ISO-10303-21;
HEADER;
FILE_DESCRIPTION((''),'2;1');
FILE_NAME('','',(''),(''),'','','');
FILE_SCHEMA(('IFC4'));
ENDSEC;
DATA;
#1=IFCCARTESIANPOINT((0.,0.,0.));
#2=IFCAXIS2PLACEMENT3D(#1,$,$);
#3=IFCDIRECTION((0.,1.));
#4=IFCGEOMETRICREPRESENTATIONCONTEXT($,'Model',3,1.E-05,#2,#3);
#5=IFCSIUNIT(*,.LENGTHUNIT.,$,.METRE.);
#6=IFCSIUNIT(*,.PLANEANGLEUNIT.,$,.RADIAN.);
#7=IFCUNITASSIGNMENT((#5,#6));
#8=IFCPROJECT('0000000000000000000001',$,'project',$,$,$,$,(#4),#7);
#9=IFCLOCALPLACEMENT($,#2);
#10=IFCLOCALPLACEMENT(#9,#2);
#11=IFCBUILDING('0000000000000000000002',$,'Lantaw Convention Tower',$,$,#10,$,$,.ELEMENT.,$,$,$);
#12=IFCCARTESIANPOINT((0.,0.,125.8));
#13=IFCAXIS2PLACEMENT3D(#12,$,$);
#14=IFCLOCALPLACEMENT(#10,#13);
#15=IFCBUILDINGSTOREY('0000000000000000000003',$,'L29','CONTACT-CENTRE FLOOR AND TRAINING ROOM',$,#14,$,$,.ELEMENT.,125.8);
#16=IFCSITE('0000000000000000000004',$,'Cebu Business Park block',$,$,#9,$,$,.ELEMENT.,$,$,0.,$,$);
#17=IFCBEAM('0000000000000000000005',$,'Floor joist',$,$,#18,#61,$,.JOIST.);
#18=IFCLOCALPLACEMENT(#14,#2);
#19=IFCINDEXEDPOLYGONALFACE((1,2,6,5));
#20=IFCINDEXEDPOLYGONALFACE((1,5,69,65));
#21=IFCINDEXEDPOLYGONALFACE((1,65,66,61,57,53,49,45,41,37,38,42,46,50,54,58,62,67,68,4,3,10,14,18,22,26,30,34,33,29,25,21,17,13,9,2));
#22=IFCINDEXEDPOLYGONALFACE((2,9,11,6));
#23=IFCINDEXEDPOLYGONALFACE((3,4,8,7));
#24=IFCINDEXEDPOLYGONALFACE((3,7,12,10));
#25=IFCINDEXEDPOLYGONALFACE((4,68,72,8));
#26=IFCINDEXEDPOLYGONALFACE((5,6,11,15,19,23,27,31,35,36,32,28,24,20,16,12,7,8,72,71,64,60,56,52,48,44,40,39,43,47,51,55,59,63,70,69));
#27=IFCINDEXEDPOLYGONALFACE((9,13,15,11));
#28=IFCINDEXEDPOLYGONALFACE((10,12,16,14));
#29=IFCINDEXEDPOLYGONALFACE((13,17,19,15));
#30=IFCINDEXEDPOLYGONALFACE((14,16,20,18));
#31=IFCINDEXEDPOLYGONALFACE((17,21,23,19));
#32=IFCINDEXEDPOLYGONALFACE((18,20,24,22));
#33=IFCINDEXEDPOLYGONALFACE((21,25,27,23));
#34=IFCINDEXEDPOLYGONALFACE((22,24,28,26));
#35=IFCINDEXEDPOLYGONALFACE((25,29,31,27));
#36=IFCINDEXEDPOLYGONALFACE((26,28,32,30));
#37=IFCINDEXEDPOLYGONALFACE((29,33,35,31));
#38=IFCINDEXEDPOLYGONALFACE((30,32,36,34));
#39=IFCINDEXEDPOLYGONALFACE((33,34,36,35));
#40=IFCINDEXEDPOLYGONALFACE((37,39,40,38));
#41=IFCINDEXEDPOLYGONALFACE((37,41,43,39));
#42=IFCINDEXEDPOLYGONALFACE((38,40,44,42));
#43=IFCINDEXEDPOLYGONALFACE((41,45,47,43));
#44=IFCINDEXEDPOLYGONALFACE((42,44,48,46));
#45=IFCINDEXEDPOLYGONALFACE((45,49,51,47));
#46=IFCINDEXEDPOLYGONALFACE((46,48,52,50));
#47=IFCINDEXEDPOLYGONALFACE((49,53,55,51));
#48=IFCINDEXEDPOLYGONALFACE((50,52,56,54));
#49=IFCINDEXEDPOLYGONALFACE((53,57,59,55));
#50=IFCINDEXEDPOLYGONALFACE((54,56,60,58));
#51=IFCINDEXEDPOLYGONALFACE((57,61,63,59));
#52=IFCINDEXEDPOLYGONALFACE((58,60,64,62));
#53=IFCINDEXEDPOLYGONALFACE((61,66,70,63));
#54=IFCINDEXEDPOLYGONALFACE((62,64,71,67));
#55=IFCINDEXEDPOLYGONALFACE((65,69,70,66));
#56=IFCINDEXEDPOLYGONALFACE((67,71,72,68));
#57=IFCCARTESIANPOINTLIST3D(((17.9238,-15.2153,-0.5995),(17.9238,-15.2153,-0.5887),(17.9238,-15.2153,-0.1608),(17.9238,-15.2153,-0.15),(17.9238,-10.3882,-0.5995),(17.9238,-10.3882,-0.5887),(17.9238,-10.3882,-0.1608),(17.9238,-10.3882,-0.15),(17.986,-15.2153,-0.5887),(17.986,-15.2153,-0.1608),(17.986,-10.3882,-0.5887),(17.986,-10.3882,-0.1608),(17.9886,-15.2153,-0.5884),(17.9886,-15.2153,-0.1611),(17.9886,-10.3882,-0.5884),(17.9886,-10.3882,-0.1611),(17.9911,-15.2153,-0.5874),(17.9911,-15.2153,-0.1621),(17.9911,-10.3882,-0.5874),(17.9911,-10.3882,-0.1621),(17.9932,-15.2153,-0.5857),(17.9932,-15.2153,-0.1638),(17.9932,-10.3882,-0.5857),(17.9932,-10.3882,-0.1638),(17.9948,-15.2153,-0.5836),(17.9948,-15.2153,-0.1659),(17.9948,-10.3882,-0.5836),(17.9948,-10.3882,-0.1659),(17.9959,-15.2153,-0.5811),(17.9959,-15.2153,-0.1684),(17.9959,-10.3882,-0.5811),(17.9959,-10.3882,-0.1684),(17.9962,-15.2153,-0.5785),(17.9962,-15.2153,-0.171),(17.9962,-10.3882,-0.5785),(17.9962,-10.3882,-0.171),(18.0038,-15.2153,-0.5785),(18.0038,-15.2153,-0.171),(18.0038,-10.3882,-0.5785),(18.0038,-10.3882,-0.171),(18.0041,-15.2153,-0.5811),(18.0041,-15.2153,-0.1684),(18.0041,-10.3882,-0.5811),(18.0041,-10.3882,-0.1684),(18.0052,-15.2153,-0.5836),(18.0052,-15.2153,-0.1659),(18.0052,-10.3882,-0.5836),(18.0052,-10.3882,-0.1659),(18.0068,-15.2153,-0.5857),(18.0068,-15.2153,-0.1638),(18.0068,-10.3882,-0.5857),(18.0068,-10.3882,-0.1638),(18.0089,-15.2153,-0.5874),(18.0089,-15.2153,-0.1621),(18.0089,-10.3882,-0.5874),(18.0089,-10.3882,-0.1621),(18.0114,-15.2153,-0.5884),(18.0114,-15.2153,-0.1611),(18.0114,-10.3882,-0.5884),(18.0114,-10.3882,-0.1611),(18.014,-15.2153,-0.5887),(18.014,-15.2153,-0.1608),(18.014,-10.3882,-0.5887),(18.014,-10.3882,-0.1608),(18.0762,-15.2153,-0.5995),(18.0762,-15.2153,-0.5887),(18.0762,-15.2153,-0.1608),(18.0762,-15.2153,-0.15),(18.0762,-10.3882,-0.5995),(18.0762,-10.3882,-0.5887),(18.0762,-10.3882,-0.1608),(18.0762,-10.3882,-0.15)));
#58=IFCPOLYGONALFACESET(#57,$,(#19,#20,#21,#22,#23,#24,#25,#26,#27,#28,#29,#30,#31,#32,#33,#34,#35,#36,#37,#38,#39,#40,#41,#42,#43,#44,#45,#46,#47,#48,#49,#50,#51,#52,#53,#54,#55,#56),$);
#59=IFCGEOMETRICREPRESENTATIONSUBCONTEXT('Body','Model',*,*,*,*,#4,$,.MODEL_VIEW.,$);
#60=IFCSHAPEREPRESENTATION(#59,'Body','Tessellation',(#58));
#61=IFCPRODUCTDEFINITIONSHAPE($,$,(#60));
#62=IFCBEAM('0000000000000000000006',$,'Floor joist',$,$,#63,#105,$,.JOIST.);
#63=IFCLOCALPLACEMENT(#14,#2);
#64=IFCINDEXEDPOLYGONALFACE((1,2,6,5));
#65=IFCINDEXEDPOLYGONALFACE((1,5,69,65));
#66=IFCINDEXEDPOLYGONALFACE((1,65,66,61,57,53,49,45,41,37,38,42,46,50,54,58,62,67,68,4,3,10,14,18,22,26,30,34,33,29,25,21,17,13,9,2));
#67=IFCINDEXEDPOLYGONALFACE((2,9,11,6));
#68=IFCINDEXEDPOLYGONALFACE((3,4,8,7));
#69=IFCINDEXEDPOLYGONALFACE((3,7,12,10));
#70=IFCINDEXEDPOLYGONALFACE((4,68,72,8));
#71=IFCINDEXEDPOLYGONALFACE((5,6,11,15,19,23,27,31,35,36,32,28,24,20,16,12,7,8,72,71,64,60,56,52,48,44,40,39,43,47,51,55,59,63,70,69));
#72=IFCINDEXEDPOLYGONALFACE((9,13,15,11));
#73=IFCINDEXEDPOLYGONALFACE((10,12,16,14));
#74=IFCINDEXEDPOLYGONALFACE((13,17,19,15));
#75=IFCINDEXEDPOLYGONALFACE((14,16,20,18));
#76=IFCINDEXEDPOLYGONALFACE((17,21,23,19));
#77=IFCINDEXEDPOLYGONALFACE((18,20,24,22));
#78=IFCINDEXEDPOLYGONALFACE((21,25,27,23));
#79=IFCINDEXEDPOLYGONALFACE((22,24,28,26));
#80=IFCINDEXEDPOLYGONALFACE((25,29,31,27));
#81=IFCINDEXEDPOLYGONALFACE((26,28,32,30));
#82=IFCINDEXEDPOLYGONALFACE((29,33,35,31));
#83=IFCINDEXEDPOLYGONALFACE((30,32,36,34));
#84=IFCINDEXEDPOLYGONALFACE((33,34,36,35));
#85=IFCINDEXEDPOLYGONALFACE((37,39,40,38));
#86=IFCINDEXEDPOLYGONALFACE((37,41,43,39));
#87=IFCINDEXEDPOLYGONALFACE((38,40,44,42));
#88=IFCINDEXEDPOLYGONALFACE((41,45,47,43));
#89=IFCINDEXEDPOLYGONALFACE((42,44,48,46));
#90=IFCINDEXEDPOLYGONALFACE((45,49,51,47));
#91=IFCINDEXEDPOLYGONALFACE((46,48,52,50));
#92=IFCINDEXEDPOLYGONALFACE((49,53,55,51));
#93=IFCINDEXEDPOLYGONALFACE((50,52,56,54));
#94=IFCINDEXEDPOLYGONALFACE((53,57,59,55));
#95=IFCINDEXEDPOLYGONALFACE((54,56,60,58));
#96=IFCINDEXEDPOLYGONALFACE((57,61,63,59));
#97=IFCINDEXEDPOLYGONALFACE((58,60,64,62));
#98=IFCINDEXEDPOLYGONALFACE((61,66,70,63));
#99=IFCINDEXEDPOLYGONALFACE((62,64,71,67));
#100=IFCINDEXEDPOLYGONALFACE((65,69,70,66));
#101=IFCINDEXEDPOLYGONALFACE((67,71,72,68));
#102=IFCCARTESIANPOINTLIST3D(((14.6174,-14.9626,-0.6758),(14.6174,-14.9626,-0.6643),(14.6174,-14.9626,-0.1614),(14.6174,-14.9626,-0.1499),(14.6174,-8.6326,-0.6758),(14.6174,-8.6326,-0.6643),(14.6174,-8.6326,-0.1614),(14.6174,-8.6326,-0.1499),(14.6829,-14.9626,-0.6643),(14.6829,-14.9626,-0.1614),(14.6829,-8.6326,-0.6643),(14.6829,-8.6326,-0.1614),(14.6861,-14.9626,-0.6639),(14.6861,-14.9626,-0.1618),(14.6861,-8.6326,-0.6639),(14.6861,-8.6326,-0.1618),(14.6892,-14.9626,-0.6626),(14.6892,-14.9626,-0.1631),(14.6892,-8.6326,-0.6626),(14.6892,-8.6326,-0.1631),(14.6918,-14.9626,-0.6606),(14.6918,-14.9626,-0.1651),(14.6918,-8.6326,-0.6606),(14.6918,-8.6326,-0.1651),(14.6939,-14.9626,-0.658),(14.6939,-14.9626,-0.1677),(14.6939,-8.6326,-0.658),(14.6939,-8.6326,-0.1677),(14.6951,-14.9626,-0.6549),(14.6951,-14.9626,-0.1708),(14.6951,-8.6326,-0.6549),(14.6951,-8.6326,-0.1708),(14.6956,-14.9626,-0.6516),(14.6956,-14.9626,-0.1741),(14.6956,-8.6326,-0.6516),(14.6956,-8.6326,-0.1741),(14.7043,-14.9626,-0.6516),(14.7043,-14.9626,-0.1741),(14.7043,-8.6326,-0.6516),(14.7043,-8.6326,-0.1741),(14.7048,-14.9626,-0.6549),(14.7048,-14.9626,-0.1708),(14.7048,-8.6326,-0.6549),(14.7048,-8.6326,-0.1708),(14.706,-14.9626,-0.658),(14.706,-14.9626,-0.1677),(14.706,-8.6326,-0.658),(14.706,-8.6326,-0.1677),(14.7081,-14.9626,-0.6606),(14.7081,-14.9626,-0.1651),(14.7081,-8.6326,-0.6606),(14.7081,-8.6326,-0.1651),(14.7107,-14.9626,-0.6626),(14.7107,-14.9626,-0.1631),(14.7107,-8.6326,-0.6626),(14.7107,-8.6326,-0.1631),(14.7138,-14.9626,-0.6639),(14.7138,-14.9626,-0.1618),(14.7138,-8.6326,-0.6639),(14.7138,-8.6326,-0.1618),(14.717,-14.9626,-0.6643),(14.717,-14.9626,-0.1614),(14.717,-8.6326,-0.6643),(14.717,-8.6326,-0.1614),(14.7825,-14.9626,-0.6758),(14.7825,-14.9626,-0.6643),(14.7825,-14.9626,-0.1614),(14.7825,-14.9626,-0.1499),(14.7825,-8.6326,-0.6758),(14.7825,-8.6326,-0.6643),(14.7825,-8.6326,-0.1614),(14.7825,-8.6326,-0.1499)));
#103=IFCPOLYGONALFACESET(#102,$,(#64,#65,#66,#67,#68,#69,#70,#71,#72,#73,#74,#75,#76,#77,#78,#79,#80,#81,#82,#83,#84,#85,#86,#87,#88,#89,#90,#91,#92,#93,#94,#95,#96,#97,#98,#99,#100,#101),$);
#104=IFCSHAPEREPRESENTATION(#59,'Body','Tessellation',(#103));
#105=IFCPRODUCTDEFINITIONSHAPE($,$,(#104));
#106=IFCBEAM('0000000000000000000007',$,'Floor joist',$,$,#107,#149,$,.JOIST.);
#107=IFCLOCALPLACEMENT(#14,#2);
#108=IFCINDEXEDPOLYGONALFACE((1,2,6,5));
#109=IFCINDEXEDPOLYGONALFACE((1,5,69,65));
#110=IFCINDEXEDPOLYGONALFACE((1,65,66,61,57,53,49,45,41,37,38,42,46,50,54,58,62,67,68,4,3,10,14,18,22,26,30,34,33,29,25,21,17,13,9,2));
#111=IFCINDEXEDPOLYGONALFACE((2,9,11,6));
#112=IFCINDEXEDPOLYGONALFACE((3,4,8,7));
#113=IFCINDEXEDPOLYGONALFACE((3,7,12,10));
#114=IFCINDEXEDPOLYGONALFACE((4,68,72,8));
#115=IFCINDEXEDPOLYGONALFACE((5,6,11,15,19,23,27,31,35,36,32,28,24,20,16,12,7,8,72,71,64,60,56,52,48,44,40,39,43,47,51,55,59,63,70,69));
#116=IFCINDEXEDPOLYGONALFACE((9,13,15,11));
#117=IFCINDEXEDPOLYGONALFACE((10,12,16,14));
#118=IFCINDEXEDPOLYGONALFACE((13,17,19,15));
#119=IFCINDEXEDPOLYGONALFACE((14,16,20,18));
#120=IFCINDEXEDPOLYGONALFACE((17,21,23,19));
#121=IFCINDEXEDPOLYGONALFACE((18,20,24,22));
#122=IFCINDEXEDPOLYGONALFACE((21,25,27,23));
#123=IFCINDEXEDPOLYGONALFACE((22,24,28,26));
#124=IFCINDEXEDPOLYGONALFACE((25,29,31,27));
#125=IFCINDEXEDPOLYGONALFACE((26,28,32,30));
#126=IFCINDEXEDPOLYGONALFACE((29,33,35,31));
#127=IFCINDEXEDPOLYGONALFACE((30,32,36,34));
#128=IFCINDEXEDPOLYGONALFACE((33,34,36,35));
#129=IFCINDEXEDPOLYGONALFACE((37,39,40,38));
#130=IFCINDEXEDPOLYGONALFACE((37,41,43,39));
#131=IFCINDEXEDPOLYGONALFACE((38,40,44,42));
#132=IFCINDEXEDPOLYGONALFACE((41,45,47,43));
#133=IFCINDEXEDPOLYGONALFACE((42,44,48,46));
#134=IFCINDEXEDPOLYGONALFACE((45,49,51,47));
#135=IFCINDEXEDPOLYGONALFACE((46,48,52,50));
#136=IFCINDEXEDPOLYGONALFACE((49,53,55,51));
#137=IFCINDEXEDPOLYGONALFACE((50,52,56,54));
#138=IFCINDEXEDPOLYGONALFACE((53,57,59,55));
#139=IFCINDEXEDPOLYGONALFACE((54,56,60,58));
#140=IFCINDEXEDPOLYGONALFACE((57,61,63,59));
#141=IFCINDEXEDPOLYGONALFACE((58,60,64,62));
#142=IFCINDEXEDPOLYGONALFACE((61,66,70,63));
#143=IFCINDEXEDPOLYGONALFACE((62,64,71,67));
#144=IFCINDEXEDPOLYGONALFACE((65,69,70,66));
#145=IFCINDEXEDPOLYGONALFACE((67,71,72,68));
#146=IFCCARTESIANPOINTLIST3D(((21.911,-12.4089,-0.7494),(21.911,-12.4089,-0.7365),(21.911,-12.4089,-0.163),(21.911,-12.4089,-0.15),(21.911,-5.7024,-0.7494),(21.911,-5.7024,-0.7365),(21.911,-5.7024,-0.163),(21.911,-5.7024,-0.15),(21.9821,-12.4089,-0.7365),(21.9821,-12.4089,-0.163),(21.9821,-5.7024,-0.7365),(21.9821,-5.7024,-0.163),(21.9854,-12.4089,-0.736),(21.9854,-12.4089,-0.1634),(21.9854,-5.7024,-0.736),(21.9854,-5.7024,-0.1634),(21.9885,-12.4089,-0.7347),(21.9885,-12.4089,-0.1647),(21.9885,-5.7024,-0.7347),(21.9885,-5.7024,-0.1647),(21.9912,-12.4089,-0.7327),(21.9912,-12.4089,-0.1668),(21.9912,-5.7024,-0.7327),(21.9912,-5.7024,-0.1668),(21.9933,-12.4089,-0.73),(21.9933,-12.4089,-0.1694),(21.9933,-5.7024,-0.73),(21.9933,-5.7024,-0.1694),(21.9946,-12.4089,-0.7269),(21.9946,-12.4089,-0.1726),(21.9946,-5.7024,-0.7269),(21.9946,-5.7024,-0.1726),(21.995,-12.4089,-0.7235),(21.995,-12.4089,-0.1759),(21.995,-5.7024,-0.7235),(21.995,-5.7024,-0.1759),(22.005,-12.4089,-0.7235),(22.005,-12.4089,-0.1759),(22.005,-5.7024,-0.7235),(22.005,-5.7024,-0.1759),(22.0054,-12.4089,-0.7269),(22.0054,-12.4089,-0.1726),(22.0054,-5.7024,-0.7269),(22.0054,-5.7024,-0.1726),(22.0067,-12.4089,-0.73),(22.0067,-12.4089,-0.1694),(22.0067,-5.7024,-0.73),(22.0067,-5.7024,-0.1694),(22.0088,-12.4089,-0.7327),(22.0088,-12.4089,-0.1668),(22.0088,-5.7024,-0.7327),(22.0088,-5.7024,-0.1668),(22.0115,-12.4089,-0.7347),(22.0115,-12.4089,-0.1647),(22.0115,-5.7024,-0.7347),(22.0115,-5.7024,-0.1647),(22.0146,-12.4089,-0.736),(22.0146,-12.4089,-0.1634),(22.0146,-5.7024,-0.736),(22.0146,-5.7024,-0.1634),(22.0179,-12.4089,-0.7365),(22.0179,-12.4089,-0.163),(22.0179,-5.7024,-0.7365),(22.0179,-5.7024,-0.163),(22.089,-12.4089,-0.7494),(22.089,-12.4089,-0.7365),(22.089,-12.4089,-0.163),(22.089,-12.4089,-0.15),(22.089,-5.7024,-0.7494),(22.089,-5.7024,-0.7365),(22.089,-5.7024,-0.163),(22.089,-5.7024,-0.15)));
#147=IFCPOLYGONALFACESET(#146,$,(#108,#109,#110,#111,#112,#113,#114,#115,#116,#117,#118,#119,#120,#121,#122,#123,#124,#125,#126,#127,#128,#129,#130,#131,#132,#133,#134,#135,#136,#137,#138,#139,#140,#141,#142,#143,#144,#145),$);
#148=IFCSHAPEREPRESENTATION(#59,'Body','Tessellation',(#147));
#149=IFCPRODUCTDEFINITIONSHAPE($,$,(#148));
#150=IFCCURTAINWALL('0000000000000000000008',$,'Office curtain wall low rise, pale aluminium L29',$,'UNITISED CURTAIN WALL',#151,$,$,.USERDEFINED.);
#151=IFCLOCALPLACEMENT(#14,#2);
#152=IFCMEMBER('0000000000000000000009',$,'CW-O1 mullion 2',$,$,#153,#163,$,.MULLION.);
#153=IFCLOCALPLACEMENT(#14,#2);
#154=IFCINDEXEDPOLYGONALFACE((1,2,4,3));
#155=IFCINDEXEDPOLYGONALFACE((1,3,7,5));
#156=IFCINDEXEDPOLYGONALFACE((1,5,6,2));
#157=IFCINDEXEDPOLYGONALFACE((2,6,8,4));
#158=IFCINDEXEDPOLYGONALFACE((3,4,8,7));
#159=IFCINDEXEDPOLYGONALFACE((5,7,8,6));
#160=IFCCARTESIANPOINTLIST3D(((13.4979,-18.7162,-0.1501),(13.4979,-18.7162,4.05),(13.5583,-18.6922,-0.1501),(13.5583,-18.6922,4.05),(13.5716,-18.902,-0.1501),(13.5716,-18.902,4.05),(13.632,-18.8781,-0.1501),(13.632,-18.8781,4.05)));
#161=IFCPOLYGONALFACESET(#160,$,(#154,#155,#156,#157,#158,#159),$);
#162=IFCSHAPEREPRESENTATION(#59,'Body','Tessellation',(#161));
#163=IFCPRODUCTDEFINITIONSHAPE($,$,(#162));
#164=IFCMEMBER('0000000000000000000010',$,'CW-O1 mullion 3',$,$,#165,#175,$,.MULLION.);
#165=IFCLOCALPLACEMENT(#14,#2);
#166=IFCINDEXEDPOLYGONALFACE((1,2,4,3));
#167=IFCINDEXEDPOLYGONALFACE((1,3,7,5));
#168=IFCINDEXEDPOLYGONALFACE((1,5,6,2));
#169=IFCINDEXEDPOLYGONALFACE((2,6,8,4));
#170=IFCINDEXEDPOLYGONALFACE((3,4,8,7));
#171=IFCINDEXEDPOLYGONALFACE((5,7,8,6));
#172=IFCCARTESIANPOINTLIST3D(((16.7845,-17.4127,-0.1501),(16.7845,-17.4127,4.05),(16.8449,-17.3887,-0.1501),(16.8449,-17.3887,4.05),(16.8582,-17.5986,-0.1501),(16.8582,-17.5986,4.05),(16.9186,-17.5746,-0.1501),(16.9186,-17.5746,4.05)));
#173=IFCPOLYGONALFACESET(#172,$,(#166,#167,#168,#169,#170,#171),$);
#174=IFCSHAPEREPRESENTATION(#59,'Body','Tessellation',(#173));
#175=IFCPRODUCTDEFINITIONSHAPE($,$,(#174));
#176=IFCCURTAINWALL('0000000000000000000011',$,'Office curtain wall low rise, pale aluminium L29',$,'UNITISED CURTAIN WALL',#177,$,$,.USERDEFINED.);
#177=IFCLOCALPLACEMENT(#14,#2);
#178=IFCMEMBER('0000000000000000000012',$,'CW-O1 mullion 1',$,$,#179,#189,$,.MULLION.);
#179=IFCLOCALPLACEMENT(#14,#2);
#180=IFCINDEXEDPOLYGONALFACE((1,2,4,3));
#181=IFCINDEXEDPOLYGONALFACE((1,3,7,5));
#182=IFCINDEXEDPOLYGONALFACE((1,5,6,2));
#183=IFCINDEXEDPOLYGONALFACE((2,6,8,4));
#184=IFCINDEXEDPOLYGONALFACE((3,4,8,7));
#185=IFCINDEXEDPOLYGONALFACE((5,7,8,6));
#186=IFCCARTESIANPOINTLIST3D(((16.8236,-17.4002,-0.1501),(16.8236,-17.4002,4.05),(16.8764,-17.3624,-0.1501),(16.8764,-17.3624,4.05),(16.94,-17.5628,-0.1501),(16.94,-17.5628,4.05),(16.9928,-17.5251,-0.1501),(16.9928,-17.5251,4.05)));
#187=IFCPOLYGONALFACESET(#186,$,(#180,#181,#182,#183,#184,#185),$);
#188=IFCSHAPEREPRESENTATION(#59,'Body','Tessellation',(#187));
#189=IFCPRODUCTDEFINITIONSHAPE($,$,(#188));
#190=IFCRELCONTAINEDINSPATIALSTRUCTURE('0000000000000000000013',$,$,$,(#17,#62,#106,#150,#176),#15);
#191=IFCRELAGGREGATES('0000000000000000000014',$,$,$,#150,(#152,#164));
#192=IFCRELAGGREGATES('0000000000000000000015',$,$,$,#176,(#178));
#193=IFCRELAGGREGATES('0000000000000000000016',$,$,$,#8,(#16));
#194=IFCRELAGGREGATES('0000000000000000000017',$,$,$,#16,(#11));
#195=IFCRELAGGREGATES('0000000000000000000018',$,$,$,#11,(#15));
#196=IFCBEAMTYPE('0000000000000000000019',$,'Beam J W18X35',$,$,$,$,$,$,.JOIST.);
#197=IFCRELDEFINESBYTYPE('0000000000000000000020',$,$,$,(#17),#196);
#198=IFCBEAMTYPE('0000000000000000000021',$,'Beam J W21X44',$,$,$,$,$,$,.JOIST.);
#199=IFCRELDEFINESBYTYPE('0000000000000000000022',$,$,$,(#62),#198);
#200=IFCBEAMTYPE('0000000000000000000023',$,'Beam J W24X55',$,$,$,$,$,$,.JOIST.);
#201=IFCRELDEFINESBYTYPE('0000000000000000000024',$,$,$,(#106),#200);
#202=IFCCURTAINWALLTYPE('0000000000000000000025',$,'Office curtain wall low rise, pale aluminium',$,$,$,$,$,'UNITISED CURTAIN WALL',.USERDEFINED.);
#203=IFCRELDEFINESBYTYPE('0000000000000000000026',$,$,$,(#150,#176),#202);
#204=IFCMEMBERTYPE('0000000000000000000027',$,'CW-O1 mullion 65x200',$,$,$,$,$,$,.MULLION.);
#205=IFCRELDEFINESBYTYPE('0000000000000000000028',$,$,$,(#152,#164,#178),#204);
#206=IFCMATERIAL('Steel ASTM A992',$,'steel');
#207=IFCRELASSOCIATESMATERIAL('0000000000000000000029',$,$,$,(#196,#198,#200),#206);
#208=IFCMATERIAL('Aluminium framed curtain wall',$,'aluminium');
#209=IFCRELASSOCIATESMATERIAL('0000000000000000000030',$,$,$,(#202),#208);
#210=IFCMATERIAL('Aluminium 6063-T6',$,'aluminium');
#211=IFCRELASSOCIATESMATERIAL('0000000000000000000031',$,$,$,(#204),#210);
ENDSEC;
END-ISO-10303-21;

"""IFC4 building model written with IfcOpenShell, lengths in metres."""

from ifc_helpers import new_model, si_unit, direction, frame, origin, origin_2d, place, context, subcontext, project, spatial, rectangle, i_section, extrude, material, material_profile, profile_set, type_object, element, aggregate, save


model = new_model("IFC4")

# Units and contexts
model_context = context("Model", 3, precision=1e-05, world=origin(), true_north=direction((0.0, 1.0)))
body_context = subcontext(model_context, "Body", "Model", "MODEL_VIEW")
ifc_project = project(units=[si_unit("LENGTHUNIT", "METRE"), si_unit("PLANEANGLEUNIT", "RADIAN")], contexts=[model_context])

# Site, building, storey
site_placement = place(None, origin())
site = spatial("IfcSite", under=ifc_project, at=site_placement, Name="Cebu Business Park block", CompositionType="ELEMENT", RefElevation=0.0)
building_placement = place(site_placement, origin())
building = spatial("IfcBuilding", under=site, at=building_placement, Name="Lantaw Convention Tower", CompositionType="ELEMENT")
storey_placement = place(building_placement, frame((0.0, 0.0, 125.8)))
storey = spatial("IfcBuildingStorey", under=building, at=storey_placement, Name="L29", Description="CONTACT-CENTRE FLOOR AND TRAINING ROOM", CompositionType="ELEMENT", Elevation=125.8)

# Beams
ifc_material_1 = material(Name="Steel ASTM A992", Category="steel")
ifc_material_profile_1 = material_profile(ifc_material_1, i_section(OverallWidth=0.1523, OverallDepth=0.4495, WebThickness=0.0076, FlangeThickness=0.0107, FilletRadius=0.0103, at=origin_2d()), Name="W18X35")
ifc_profile_set_1 = profile_set([ifc_material_profile_1], Name="Steel ASTM A992")
beam_type_1 = type_object("IfcBeamType", Name="Beam J W18X35", PredefinedType="JOIST", material=ifc_profile_set_1)
beam_1_placement = place(storey_placement, frame((18.0, -15.2153, -0.3748), z_axis=(0.0, 1.0, 0.0), x_axis=(-1.0, 0.0, 0.0)))
element("IfcBeam", 1, at=beam_1_placement, inside=storey, type_object=beam_type_1, Name="Floor joist", PredefinedType="JOIST", context=body_context, shape_type="SweptSolid", body=[
    extrude(i_section(OverallWidth=0.1523, OverallDepth=0.4495, WebThickness=0.0076, FlangeThickness=0.0107, FilletRadius=0.0103, at=origin_2d()), origin(), (0.0, 0.0, 1.0), 4.8271),
])
ifc_material_profile_2 = material_profile(ifc_material_1, i_section(OverallWidth=0.165, OverallDepth=0.5259, WebThickness=0.0088, FlangeThickness=0.0115, FilletRadius=0.0127, at=origin_2d()), Name="W21X44")
ifc_profile_set_2 = profile_set([ifc_material_profile_2], Name="Steel ASTM A992")
beam_type_2 = type_object("IfcBeamType", Name="Beam J W21X44", PredefinedType="JOIST", material=ifc_profile_set_2)
beam_2_placement = place(storey_placement, frame((14.7, -14.9626, -0.4128), z_axis=(0.0, 1.0, 0.0), x_axis=(-1.0, 0.0, 0.0)))
element("IfcBeam", 2, at=beam_2_placement, inside=storey, type_object=beam_type_2, Name="Floor joist", PredefinedType="JOIST", context=body_context, shape_type="SweptSolid", body=[
    extrude(i_section(OverallWidth=0.165, OverallDepth=0.5259, WebThickness=0.0088, FlangeThickness=0.0115, FilletRadius=0.0127, at=origin_2d()), origin(), (0.0, 0.0, 1.0), 6.3301),
])
ifc_material_profile_3 = material_profile(ifc_material_1, i_section(OverallWidth=0.178, OverallDepth=0.5994, WebThickness=0.01, FlangeThickness=0.0129, FilletRadius=0.0129, at=origin_2d()), Name="W24X55")
ifc_profile_set_3 = profile_set([ifc_material_profile_3], Name="Steel ASTM A992")
beam_type_3 = type_object("IfcBeamType", Name="Beam J W24X55", PredefinedType="JOIST", material=ifc_profile_set_3)
beam_3_placement = place(storey_placement, frame((22.0, -12.4089, -0.4497), z_axis=(0.0, 1.0, 0.0), x_axis=(-1.0, 0.0, 0.0)))
element("IfcBeam", 3, at=beam_3_placement, inside=storey, type_object=beam_type_3, Name="Floor joist", PredefinedType="JOIST", context=body_context, shape_type="SweptSolid", body=[
    extrude(i_section(OverallWidth=0.178, OverallDepth=0.5994, WebThickness=0.01, FlangeThickness=0.0129, FilletRadius=0.0129, at=origin_2d()), origin(), (0.0, 0.0, 1.0), 6.7065),
])

# Curtain walls, members
ifc_material_2 = material(Name="Aluminium framed curtain wall", Category="aluminium")
curtain_wall_type = type_object("IfcCurtainWallType", Name="Office curtain wall low rise, pale aluminium", ElementType="UNITISED CURTAIN WALL", PredefinedType="USERDEFINED", material=ifc_material_2)
curtain_wall_1_placement = place(storey_placement, origin())
curtain_wall_1 = element("IfcCurtainWall", 4, at=curtain_wall_1_placement, inside=storey, type_object=curtain_wall_type, Name="Office curtain wall low rise, pale aluminium L29", ObjectType="UNITISED CURTAIN WALL", PredefinedType="USERDEFINED")
ifc_material_3 = material(Name="Aluminium 6063-T6", Category="aluminium")
ifc_material_profile_4 = material_profile(ifc_material_3, rectangle(XDim=0.2, YDim=0.0649, at=origin_2d()), Name="CW-O1 mullion 65x200")
ifc_profile_set_4 = profile_set([ifc_material_profile_4], Name="Aluminium 6063-T6")
member_type_1 = type_object("IfcMemberType", Name="CW-O1 mullion 65x200", PredefinedType="MULLION", material=ifc_profile_set_4)
member_1_placement = place(storey_placement, frame((13.5649, -18.7971, -0.1501), z_axis=(0.0, 0.0, 1.0), x_axis=(-0.368702, 0.929548, 0.0)))
member_1 = element("IfcMember", 5, at=member_1_placement, type_object=member_type_1, Name="CW-O1 mullion 2", PredefinedType="MULLION", context=body_context, shape_type="SweptSolid", body=[
    extrude(rectangle(XDim=0.2, YDim=0.0649, at=origin_2d()), origin(), (0.0, 0.0, 1.0), 4.2002),
])
member_2_placement = place(storey_placement, frame((16.8516, -17.4937, -0.1501), z_axis=(0.0, 0.0, 1.0), x_axis=(-0.368702, 0.929548, 0.0)))
member_2 = element("IfcMember", 6, at=member_2_placement, type_object=member_type_1, Name="CW-O1 mullion 3", PredefinedType="MULLION", context=body_context, shape_type="SweptSolid", body=[
    extrude(rectangle(XDim=0.2, YDim=0.0649, at=origin_2d()), origin(), (0.0, 0.0, 1.0), 4.2002),
])
curtain_wall_2_placement = place(storey_placement, origin())
curtain_wall_2 = element("IfcCurtainWall", 7, at=curtain_wall_2_placement, inside=storey, type_object=curtain_wall_type, Name="Office curtain wall low rise, pale aluminium L29", ObjectType="UNITISED CURTAIN WALL", PredefinedType="USERDEFINED")
member_3_placement = place(storey_placement, frame((16.9082, -17.4626, -0.1501), z_axis=(0.0, 0.0, 1.0), x_axis=(-0.581973, 0.813208, 0.0)))
member_3 = element("IfcMember", 8, at=member_3_placement, type_object=member_type_1, Name="CW-O1 mullion 1", PredefinedType="MULLION", context=body_context, shape_type="SweptSolid", body=[
    extrude(rectangle(XDim=0.2, YDim=0.0649, at=origin_2d()), origin(), (0.0, 0.0, 1.0), 4.2002),
])

aggregate(curtain_wall_1, [member_1, member_2])
aggregate(curtain_wall_2, [member_3])

save(model, "model.ifc")
